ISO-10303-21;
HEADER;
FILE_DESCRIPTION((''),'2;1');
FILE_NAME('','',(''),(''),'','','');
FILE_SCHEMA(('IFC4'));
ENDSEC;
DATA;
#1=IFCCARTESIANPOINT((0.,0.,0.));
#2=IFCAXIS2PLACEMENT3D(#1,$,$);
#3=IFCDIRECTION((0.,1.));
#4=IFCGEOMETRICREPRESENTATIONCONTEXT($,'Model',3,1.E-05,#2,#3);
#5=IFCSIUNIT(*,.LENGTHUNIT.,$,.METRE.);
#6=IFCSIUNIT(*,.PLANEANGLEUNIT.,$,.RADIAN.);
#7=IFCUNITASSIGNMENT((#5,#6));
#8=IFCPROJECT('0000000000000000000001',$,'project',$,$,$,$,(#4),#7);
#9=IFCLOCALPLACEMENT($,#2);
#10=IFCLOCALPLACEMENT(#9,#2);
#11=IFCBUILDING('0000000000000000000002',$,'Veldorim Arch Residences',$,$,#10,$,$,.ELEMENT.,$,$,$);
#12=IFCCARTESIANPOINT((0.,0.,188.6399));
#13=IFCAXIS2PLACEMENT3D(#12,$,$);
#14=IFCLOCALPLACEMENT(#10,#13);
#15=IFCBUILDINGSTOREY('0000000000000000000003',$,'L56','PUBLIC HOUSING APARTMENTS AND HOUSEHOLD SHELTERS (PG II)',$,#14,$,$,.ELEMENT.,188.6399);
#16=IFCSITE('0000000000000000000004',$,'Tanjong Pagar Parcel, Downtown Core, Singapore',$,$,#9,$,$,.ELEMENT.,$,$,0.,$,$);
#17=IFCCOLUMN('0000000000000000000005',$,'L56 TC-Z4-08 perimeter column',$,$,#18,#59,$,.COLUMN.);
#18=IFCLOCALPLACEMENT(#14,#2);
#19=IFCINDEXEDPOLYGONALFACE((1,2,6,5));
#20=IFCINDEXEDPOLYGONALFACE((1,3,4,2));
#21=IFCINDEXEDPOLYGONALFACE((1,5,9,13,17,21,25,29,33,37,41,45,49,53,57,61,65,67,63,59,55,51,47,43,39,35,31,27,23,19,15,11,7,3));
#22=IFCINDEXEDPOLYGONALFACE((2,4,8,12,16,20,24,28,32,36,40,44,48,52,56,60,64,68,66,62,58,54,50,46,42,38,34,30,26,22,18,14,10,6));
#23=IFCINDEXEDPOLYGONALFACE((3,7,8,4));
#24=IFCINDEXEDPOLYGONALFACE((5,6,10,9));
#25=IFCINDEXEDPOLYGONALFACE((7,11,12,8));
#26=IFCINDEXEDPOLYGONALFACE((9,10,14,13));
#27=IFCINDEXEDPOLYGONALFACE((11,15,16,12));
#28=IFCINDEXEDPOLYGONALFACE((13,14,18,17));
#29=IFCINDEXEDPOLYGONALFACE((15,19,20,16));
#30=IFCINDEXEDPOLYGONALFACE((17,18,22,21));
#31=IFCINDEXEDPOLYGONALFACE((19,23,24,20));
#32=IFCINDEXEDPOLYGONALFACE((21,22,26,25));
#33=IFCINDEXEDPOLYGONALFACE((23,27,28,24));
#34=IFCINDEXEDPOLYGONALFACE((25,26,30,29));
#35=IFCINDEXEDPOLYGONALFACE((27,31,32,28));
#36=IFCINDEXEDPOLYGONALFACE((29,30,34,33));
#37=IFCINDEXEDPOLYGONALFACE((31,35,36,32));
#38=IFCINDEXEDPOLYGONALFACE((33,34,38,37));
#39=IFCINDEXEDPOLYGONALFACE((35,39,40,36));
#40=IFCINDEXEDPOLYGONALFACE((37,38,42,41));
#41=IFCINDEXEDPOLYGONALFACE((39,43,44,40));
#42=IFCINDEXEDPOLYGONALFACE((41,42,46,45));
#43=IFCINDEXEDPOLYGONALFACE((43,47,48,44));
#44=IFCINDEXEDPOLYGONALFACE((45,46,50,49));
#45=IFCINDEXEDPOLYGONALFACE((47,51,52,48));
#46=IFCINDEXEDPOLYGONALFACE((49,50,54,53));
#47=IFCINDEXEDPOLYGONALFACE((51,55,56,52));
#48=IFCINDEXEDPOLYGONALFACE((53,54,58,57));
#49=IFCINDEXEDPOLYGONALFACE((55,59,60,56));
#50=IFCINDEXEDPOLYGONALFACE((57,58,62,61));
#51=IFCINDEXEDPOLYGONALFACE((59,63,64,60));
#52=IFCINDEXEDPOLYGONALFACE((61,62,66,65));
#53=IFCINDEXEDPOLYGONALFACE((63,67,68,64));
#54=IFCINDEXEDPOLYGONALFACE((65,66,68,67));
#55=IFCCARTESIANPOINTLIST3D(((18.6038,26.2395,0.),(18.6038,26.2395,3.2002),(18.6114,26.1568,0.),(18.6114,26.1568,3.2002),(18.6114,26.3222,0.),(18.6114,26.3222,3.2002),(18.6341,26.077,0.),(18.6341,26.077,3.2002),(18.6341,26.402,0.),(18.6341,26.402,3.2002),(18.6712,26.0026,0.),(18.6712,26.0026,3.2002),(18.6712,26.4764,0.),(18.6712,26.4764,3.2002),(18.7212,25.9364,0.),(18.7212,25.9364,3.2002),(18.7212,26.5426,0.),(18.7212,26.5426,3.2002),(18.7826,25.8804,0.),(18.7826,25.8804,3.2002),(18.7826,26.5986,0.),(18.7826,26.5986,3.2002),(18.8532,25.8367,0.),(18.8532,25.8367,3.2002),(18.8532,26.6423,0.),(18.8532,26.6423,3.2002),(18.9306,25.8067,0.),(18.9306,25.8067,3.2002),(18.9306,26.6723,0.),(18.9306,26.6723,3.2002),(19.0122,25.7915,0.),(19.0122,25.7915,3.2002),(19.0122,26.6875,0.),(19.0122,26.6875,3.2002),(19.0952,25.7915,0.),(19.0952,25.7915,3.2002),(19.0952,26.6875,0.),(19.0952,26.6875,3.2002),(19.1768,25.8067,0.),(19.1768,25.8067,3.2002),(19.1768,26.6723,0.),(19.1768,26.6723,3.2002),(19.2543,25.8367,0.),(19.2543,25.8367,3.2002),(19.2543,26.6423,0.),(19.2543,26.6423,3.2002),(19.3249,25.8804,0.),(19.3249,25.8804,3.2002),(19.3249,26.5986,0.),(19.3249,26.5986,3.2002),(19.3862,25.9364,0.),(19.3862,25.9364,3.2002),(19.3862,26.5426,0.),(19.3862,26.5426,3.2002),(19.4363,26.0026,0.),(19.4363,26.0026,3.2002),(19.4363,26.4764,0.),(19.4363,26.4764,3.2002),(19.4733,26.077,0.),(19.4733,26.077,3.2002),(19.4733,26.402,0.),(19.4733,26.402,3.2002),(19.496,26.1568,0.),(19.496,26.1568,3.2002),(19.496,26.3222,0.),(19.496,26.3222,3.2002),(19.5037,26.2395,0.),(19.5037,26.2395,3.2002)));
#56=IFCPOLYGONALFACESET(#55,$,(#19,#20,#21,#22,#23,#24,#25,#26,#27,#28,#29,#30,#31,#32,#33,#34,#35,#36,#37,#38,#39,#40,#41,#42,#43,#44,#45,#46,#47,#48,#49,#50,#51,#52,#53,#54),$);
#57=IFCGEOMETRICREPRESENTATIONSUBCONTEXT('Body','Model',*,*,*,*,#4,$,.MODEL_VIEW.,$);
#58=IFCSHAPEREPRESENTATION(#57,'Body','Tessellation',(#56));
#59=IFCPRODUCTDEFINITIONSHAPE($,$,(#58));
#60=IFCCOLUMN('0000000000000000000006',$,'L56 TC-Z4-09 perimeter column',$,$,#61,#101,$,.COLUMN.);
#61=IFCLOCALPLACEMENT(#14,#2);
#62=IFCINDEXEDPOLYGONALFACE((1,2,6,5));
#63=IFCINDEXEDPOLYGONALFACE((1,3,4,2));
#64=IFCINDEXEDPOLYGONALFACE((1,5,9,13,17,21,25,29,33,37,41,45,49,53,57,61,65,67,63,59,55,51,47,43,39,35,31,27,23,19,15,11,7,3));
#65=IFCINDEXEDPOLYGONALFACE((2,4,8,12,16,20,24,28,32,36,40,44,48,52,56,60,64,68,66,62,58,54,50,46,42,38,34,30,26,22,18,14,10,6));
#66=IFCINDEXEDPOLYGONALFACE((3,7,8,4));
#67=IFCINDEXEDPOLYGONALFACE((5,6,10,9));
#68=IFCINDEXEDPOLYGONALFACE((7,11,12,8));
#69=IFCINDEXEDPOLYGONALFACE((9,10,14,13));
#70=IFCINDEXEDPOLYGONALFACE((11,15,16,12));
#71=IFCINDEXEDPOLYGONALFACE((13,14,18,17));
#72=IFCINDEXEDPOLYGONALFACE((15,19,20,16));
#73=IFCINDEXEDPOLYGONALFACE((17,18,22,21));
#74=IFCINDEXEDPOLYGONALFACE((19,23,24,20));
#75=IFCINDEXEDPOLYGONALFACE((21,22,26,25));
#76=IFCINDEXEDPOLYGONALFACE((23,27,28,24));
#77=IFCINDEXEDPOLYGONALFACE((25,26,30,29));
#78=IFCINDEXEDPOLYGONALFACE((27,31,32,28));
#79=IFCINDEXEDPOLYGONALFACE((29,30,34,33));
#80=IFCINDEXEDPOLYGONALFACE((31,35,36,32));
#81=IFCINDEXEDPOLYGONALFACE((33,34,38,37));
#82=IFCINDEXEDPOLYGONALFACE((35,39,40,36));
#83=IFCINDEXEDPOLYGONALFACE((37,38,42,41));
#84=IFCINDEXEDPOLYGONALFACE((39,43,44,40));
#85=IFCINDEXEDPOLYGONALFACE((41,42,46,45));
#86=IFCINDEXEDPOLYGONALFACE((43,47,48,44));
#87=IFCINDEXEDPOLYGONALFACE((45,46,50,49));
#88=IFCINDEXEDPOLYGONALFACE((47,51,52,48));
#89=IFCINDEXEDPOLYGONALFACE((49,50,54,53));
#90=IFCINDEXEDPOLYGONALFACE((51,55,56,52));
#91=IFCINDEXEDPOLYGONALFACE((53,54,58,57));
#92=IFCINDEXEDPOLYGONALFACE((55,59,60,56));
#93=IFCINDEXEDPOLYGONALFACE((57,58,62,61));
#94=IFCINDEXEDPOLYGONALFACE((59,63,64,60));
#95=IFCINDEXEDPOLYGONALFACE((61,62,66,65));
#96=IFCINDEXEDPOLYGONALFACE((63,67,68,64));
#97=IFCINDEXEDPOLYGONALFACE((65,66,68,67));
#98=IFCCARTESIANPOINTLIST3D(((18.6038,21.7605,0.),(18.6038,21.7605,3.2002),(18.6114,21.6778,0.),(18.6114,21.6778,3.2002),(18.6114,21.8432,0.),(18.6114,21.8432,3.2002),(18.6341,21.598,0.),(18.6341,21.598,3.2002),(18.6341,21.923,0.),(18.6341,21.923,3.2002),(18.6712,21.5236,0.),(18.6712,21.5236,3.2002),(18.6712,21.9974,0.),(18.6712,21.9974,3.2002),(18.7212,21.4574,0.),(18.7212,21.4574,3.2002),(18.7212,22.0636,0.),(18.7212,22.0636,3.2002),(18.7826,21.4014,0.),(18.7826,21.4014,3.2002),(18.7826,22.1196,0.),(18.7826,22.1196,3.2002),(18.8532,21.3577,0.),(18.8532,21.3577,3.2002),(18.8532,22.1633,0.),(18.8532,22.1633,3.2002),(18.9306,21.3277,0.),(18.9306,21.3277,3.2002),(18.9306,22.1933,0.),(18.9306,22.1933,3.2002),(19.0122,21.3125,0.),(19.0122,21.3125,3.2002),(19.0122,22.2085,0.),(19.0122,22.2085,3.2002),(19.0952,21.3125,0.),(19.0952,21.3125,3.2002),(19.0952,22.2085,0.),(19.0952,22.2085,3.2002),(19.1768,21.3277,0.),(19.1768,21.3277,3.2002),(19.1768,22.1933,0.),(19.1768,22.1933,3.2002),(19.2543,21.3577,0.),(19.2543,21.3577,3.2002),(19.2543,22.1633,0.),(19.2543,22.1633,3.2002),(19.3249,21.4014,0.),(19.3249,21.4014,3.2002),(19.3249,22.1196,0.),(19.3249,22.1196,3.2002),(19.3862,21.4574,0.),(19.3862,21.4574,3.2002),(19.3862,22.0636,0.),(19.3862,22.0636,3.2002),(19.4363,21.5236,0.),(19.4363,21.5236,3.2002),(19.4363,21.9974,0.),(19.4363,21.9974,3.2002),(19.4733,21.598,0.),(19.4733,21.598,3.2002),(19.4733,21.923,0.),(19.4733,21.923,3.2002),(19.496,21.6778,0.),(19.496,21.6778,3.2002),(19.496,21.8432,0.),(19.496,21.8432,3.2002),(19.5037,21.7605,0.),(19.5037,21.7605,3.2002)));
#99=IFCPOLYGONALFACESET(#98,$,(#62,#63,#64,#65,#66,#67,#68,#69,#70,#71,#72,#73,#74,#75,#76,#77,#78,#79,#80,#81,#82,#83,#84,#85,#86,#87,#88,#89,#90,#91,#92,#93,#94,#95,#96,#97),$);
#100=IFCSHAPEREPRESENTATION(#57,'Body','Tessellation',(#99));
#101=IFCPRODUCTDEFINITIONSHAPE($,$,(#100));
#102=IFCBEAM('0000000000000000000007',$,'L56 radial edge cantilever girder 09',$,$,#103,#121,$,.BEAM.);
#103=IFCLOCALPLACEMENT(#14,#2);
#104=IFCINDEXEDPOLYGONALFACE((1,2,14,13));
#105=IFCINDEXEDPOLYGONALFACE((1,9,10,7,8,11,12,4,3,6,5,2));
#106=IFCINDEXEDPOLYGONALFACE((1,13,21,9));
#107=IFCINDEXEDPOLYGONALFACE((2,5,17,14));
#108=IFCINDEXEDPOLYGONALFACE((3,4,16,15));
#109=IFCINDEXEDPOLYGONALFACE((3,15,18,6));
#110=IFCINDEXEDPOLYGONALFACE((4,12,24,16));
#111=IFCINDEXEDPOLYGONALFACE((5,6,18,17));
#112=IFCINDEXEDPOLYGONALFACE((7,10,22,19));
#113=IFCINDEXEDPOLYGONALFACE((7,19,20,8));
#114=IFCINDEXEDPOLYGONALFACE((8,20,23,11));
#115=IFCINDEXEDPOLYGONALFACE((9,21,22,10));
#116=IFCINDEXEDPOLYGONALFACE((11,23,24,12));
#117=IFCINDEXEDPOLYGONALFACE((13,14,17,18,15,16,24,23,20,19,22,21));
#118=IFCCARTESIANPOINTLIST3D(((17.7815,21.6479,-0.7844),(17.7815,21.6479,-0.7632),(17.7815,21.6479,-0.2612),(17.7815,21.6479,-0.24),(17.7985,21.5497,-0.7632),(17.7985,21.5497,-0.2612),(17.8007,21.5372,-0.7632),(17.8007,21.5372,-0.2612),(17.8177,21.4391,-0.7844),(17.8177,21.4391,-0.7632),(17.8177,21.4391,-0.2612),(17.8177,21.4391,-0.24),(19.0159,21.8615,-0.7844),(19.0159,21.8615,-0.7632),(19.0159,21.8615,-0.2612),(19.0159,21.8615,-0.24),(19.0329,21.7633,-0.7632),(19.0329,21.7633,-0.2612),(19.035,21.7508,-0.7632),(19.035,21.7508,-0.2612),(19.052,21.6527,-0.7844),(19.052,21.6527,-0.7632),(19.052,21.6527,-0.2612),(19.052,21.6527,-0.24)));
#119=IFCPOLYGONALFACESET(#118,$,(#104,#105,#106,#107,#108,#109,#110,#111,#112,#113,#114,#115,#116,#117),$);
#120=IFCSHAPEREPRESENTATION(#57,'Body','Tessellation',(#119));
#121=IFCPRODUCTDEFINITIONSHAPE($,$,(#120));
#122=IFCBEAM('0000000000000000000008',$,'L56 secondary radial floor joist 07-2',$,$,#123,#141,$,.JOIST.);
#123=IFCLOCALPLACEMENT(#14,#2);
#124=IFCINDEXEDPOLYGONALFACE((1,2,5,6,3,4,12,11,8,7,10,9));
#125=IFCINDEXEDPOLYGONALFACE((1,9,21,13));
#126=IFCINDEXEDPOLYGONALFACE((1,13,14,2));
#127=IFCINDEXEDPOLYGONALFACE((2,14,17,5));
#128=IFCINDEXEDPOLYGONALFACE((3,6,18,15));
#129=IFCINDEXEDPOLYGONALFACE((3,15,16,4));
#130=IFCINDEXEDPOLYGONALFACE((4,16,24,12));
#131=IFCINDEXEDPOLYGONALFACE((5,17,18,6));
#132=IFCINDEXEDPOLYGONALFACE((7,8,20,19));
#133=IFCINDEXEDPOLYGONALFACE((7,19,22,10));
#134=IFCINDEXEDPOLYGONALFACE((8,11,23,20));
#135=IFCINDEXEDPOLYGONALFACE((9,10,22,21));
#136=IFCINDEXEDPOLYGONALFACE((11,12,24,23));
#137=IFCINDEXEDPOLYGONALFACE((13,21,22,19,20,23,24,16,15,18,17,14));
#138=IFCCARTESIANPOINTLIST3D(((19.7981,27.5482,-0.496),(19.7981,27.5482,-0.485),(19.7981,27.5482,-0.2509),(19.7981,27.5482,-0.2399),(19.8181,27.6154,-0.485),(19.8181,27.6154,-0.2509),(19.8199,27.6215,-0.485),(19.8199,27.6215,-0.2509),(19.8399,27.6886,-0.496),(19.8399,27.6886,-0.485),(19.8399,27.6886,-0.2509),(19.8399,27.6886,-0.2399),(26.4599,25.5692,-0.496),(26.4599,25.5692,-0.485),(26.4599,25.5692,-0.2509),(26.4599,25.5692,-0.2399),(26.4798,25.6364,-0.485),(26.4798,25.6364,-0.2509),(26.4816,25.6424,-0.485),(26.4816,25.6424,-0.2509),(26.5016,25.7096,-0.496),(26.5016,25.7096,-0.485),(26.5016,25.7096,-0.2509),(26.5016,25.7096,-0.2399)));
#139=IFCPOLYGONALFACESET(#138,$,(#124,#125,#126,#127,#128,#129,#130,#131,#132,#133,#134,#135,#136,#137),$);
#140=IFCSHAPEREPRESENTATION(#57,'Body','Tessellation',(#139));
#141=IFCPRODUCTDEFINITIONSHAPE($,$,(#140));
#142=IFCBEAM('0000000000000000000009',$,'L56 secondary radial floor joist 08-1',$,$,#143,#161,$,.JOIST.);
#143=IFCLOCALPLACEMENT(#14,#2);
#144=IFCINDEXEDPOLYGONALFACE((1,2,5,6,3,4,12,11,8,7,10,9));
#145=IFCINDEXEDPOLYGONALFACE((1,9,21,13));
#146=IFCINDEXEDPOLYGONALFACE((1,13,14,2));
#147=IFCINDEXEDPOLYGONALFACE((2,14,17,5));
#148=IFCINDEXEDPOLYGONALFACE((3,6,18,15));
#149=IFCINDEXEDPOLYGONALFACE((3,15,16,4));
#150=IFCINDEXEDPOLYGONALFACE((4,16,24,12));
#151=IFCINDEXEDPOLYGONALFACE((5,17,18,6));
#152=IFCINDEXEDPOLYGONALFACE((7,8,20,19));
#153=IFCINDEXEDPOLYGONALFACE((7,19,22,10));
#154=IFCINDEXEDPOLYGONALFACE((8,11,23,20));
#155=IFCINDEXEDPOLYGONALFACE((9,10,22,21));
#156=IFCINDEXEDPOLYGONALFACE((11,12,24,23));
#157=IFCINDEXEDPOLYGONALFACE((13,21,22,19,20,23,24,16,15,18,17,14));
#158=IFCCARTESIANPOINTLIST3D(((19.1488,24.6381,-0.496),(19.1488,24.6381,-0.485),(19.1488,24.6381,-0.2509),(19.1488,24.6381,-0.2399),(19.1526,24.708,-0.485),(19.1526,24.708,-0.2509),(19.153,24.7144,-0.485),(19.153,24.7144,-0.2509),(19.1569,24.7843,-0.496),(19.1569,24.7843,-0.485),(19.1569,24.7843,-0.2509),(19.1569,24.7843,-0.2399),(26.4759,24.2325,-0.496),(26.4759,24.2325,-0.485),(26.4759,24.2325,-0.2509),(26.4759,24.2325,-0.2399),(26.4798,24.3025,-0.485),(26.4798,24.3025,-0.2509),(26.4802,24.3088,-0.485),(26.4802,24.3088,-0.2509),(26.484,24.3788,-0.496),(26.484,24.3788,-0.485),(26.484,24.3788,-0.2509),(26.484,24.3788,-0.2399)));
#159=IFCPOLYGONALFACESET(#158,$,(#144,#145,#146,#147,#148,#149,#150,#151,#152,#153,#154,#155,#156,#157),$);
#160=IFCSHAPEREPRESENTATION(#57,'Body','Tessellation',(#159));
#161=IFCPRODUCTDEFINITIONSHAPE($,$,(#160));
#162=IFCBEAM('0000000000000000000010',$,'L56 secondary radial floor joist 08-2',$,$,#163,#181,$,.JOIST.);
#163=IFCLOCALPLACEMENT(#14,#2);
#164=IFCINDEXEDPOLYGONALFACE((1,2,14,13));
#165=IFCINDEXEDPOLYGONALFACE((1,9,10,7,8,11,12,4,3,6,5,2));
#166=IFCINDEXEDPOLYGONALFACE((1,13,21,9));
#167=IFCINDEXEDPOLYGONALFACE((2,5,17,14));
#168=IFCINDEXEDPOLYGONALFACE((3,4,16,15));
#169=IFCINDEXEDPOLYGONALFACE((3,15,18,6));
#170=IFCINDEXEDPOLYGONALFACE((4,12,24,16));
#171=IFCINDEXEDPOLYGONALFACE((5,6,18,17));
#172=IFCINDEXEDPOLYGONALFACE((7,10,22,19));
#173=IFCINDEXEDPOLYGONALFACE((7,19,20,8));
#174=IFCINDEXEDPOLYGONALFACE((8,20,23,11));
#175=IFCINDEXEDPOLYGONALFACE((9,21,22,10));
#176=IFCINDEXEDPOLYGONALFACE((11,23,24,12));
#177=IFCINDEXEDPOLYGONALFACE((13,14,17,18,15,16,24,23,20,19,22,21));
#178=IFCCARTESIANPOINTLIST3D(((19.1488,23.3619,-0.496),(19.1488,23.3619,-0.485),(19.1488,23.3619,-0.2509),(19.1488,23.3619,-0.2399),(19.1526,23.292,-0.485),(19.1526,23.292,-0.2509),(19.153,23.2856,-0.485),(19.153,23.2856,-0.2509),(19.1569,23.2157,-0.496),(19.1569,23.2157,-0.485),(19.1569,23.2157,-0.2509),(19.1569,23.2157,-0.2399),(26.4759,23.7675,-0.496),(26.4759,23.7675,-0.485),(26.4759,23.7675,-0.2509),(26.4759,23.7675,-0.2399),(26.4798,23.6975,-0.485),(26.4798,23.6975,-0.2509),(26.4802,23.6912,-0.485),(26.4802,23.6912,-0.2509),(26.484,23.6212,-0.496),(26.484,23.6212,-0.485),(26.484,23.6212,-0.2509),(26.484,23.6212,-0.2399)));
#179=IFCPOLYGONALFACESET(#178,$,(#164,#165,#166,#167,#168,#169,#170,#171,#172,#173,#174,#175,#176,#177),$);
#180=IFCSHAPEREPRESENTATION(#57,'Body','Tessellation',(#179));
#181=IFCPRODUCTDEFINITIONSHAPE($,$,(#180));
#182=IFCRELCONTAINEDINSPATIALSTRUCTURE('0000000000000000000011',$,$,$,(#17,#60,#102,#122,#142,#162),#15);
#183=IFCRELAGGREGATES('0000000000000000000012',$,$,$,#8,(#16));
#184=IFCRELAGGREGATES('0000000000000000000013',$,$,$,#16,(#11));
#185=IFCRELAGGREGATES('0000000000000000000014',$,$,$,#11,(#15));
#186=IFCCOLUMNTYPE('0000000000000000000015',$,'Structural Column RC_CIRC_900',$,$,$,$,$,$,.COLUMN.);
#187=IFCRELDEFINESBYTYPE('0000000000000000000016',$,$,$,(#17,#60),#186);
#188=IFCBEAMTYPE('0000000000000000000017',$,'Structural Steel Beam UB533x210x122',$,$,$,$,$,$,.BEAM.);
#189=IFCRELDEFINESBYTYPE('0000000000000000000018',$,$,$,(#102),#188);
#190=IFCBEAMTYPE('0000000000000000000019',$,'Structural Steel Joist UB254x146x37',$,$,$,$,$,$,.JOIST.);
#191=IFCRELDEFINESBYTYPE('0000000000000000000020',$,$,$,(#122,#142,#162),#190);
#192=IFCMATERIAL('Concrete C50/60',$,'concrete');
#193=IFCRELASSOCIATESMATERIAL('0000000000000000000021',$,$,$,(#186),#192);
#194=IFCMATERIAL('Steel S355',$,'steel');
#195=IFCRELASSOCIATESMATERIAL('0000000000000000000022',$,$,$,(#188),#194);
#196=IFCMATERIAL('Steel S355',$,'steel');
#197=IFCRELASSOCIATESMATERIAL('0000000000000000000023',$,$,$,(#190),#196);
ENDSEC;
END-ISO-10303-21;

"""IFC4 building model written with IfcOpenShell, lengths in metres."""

from ifc_helpers import new_model, si_unit, direction, frame, origin, origin_2d, place, context, subcontext, project, spatial, circle, i_section, extrude, material, material_profile, profile_set, type_object, element, save


model = new_model("IFC4")

# Units and contexts
model_context = context("Model", 3, precision=1e-05, world=origin(), true_north=direction((0.0, 1.0)))
body_context = subcontext(model_context, "Body", "Model", "MODEL_VIEW")
ifc_project = project(units=[si_unit("LENGTHUNIT", "METRE"), si_unit("PLANEANGLEUNIT", "RADIAN")], contexts=[model_context])

# Site, building, storey
site_placement = place(None, origin())
site = spatial("IfcSite", under=ifc_project, at=site_placement, Name="Tanjong Pagar Parcel, Downtown Core, Singapore", CompositionType="ELEMENT", RefElevation=0.0)
building_placement = place(site_placement, origin())
building = spatial("IfcBuilding", under=site, at=building_placement, Name="Veldorim Arch Residences", CompositionType="ELEMENT")
storey_placement = place(building_placement, frame((0.0, 0.0, 188.6399)))
storey = spatial("IfcBuildingStorey", under=building, at=storey_placement, Name="L56", Description="PUBLIC HOUSING APARTMENTS AND HOUSEHOLD SHELTERS (PG II)", CompositionType="ELEMENT", Elevation=188.6399)

# Columns
ifc_material_1 = material(Name="Concrete C50/60", Category="concrete")
ifc_material_profile_1 = material_profile(ifc_material_1, circle(Radius=0.45, at=origin_2d()), Name="RC_CIRC_900")
ifc_profile_set_1 = profile_set([ifc_material_profile_1], Name="Concrete C50/60")
column_type = type_object("IfcColumnType", Name="Structural Column RC_CIRC_900", PredefinedType="COLUMN", material=ifc_profile_set_1)
for number, where, z_axis, x_axis, name in (
    (1, (19.0537, 26.2395, 0.0), (0.0, 0.0, 1.0), (1.0, 0.0, 0.0), "L56 TC-Z4-08 perimeter column"),
    (2, (19.0537, 21.7605, 0.0), (0.0, 0.0, 1.0), (1.0, 0.0, 0.0), "L56 TC-Z4-09 perimeter column"),
):
    element("IfcColumn", number, at=place(storey_placement, frame(where, z_axis=z_axis, x_axis=x_axis)), inside=storey, type_object=column_type, Name=name, PredefinedType="COLUMN", context=body_context, shape_type="SweptSolid", body=[
        extrude(circle(Radius=0.45, at=origin_2d()), origin(), (0.0, 0.0, 1.0), 3.2002),
    ])

# Beams
ifc_material_2 = material(Name="Steel S355", Category="steel")
ifc_material_profile_2 = material_profile(ifc_material_2, i_section(OverallWidth=0.2119, OverallDepth=0.5444, WebThickness=0.0127, FlangeThickness=0.0212, at=origin_2d()), Name="UB533x210x122")
ifc_profile_set_2 = profile_set([ifc_material_profile_2], Name="Steel S355")
beam_type_1 = type_object("IfcBeamType", Name="Structural Steel Beam UB533x210x122", PredefinedType="BEAM", material=ifc_profile_set_2)
beam_1_placement = place(storey_placement, frame((19.0339, 21.7571, -0.5122), z_axis=(-0.985353, -0.170527, 0.0), x_axis=(0.170527, -0.985353, 0.0)))
element("IfcBeam", 3, at=beam_1_placement, inside=storey, type_object=beam_type_1, Name="L56 radial edge cantilever girder 09", PredefinedType="BEAM", context=body_context, shape_type="SweptSolid", body=[
    extrude(i_section(OverallWidth=0.2119, OverallDepth=0.5444, WebThickness=0.0127, FlangeThickness=0.0212, at=origin_2d()), origin(), (0.0, 0.0, 1.0), 1.2527),
])
ifc_material_3 = material(Name="Steel S355", Category="steel")
ifc_material_profile_3 = material_profile(ifc_material_3, i_section(OverallWidth=0.1465, OverallDepth=0.2561, WebThickness=0.0063, FlangeThickness=0.011, at=origin_2d()), Name="UB254x146x37")
ifc_profile_set_3 = profile_set([ifc_material_profile_3], Name="Steel S355")
beam_type_2 = type_object("IfcBeamType", Name="Structural Steel Joist UB254x146x37", PredefinedType="JOIST", material=ifc_profile_set_3)
beam_2_placement = place(storey_placement, frame((26.4807, 25.6394, -0.3679), z_axis=(-0.958594, 0.284775, 0.0), x_axis=(-0.284775, -0.958594, 0.0)))
element("IfcBeam", 4, at=beam_2_placement, inside=storey, type_object=beam_type_2, Name="L56 secondary radial floor joist 07-2", PredefinedType="JOIST", context=body_context, shape_type="SweptSolid", body=[
    extrude(i_section(OverallWidth=0.1465, OverallDepth=0.2561, WebThickness=0.0063, FlangeThickness=0.011, at=origin_2d()), origin(), (0.0, 0.0, 1.0), 6.9495),
])
for number, where, z_axis, x_axis, name in (
    (5, (26.48, 24.3057, -0.3679), (-0.998472, 0.05526, 0.0), (-0.05526, -0.998472, 0.0), "L56 secondary radial floor joist 08-1"),
    (6, (26.48, 23.6943, -0.3679), (-0.998472, -0.05526, 0.0), (0.05526, -0.998472, 0.0), "L56 secondary radial floor joist 08-2"),
):
    element("IfcBeam", number, at=place(storey_placement, frame(where, z_axis=z_axis, x_axis=x_axis)), inside=storey, type_object=beam_type_2, Name=name, PredefinedType="JOIST", context=body_context, shape_type="SweptSolid", body=[
        extrude(i_section(OverallWidth=0.1465, OverallDepth=0.2561, WebThickness=0.0063, FlangeThickness=0.011, at=origin_2d()), origin(), (0.0, 0.0, 1.0), 7.3384),
    ])

save(model, "model.ifc")
